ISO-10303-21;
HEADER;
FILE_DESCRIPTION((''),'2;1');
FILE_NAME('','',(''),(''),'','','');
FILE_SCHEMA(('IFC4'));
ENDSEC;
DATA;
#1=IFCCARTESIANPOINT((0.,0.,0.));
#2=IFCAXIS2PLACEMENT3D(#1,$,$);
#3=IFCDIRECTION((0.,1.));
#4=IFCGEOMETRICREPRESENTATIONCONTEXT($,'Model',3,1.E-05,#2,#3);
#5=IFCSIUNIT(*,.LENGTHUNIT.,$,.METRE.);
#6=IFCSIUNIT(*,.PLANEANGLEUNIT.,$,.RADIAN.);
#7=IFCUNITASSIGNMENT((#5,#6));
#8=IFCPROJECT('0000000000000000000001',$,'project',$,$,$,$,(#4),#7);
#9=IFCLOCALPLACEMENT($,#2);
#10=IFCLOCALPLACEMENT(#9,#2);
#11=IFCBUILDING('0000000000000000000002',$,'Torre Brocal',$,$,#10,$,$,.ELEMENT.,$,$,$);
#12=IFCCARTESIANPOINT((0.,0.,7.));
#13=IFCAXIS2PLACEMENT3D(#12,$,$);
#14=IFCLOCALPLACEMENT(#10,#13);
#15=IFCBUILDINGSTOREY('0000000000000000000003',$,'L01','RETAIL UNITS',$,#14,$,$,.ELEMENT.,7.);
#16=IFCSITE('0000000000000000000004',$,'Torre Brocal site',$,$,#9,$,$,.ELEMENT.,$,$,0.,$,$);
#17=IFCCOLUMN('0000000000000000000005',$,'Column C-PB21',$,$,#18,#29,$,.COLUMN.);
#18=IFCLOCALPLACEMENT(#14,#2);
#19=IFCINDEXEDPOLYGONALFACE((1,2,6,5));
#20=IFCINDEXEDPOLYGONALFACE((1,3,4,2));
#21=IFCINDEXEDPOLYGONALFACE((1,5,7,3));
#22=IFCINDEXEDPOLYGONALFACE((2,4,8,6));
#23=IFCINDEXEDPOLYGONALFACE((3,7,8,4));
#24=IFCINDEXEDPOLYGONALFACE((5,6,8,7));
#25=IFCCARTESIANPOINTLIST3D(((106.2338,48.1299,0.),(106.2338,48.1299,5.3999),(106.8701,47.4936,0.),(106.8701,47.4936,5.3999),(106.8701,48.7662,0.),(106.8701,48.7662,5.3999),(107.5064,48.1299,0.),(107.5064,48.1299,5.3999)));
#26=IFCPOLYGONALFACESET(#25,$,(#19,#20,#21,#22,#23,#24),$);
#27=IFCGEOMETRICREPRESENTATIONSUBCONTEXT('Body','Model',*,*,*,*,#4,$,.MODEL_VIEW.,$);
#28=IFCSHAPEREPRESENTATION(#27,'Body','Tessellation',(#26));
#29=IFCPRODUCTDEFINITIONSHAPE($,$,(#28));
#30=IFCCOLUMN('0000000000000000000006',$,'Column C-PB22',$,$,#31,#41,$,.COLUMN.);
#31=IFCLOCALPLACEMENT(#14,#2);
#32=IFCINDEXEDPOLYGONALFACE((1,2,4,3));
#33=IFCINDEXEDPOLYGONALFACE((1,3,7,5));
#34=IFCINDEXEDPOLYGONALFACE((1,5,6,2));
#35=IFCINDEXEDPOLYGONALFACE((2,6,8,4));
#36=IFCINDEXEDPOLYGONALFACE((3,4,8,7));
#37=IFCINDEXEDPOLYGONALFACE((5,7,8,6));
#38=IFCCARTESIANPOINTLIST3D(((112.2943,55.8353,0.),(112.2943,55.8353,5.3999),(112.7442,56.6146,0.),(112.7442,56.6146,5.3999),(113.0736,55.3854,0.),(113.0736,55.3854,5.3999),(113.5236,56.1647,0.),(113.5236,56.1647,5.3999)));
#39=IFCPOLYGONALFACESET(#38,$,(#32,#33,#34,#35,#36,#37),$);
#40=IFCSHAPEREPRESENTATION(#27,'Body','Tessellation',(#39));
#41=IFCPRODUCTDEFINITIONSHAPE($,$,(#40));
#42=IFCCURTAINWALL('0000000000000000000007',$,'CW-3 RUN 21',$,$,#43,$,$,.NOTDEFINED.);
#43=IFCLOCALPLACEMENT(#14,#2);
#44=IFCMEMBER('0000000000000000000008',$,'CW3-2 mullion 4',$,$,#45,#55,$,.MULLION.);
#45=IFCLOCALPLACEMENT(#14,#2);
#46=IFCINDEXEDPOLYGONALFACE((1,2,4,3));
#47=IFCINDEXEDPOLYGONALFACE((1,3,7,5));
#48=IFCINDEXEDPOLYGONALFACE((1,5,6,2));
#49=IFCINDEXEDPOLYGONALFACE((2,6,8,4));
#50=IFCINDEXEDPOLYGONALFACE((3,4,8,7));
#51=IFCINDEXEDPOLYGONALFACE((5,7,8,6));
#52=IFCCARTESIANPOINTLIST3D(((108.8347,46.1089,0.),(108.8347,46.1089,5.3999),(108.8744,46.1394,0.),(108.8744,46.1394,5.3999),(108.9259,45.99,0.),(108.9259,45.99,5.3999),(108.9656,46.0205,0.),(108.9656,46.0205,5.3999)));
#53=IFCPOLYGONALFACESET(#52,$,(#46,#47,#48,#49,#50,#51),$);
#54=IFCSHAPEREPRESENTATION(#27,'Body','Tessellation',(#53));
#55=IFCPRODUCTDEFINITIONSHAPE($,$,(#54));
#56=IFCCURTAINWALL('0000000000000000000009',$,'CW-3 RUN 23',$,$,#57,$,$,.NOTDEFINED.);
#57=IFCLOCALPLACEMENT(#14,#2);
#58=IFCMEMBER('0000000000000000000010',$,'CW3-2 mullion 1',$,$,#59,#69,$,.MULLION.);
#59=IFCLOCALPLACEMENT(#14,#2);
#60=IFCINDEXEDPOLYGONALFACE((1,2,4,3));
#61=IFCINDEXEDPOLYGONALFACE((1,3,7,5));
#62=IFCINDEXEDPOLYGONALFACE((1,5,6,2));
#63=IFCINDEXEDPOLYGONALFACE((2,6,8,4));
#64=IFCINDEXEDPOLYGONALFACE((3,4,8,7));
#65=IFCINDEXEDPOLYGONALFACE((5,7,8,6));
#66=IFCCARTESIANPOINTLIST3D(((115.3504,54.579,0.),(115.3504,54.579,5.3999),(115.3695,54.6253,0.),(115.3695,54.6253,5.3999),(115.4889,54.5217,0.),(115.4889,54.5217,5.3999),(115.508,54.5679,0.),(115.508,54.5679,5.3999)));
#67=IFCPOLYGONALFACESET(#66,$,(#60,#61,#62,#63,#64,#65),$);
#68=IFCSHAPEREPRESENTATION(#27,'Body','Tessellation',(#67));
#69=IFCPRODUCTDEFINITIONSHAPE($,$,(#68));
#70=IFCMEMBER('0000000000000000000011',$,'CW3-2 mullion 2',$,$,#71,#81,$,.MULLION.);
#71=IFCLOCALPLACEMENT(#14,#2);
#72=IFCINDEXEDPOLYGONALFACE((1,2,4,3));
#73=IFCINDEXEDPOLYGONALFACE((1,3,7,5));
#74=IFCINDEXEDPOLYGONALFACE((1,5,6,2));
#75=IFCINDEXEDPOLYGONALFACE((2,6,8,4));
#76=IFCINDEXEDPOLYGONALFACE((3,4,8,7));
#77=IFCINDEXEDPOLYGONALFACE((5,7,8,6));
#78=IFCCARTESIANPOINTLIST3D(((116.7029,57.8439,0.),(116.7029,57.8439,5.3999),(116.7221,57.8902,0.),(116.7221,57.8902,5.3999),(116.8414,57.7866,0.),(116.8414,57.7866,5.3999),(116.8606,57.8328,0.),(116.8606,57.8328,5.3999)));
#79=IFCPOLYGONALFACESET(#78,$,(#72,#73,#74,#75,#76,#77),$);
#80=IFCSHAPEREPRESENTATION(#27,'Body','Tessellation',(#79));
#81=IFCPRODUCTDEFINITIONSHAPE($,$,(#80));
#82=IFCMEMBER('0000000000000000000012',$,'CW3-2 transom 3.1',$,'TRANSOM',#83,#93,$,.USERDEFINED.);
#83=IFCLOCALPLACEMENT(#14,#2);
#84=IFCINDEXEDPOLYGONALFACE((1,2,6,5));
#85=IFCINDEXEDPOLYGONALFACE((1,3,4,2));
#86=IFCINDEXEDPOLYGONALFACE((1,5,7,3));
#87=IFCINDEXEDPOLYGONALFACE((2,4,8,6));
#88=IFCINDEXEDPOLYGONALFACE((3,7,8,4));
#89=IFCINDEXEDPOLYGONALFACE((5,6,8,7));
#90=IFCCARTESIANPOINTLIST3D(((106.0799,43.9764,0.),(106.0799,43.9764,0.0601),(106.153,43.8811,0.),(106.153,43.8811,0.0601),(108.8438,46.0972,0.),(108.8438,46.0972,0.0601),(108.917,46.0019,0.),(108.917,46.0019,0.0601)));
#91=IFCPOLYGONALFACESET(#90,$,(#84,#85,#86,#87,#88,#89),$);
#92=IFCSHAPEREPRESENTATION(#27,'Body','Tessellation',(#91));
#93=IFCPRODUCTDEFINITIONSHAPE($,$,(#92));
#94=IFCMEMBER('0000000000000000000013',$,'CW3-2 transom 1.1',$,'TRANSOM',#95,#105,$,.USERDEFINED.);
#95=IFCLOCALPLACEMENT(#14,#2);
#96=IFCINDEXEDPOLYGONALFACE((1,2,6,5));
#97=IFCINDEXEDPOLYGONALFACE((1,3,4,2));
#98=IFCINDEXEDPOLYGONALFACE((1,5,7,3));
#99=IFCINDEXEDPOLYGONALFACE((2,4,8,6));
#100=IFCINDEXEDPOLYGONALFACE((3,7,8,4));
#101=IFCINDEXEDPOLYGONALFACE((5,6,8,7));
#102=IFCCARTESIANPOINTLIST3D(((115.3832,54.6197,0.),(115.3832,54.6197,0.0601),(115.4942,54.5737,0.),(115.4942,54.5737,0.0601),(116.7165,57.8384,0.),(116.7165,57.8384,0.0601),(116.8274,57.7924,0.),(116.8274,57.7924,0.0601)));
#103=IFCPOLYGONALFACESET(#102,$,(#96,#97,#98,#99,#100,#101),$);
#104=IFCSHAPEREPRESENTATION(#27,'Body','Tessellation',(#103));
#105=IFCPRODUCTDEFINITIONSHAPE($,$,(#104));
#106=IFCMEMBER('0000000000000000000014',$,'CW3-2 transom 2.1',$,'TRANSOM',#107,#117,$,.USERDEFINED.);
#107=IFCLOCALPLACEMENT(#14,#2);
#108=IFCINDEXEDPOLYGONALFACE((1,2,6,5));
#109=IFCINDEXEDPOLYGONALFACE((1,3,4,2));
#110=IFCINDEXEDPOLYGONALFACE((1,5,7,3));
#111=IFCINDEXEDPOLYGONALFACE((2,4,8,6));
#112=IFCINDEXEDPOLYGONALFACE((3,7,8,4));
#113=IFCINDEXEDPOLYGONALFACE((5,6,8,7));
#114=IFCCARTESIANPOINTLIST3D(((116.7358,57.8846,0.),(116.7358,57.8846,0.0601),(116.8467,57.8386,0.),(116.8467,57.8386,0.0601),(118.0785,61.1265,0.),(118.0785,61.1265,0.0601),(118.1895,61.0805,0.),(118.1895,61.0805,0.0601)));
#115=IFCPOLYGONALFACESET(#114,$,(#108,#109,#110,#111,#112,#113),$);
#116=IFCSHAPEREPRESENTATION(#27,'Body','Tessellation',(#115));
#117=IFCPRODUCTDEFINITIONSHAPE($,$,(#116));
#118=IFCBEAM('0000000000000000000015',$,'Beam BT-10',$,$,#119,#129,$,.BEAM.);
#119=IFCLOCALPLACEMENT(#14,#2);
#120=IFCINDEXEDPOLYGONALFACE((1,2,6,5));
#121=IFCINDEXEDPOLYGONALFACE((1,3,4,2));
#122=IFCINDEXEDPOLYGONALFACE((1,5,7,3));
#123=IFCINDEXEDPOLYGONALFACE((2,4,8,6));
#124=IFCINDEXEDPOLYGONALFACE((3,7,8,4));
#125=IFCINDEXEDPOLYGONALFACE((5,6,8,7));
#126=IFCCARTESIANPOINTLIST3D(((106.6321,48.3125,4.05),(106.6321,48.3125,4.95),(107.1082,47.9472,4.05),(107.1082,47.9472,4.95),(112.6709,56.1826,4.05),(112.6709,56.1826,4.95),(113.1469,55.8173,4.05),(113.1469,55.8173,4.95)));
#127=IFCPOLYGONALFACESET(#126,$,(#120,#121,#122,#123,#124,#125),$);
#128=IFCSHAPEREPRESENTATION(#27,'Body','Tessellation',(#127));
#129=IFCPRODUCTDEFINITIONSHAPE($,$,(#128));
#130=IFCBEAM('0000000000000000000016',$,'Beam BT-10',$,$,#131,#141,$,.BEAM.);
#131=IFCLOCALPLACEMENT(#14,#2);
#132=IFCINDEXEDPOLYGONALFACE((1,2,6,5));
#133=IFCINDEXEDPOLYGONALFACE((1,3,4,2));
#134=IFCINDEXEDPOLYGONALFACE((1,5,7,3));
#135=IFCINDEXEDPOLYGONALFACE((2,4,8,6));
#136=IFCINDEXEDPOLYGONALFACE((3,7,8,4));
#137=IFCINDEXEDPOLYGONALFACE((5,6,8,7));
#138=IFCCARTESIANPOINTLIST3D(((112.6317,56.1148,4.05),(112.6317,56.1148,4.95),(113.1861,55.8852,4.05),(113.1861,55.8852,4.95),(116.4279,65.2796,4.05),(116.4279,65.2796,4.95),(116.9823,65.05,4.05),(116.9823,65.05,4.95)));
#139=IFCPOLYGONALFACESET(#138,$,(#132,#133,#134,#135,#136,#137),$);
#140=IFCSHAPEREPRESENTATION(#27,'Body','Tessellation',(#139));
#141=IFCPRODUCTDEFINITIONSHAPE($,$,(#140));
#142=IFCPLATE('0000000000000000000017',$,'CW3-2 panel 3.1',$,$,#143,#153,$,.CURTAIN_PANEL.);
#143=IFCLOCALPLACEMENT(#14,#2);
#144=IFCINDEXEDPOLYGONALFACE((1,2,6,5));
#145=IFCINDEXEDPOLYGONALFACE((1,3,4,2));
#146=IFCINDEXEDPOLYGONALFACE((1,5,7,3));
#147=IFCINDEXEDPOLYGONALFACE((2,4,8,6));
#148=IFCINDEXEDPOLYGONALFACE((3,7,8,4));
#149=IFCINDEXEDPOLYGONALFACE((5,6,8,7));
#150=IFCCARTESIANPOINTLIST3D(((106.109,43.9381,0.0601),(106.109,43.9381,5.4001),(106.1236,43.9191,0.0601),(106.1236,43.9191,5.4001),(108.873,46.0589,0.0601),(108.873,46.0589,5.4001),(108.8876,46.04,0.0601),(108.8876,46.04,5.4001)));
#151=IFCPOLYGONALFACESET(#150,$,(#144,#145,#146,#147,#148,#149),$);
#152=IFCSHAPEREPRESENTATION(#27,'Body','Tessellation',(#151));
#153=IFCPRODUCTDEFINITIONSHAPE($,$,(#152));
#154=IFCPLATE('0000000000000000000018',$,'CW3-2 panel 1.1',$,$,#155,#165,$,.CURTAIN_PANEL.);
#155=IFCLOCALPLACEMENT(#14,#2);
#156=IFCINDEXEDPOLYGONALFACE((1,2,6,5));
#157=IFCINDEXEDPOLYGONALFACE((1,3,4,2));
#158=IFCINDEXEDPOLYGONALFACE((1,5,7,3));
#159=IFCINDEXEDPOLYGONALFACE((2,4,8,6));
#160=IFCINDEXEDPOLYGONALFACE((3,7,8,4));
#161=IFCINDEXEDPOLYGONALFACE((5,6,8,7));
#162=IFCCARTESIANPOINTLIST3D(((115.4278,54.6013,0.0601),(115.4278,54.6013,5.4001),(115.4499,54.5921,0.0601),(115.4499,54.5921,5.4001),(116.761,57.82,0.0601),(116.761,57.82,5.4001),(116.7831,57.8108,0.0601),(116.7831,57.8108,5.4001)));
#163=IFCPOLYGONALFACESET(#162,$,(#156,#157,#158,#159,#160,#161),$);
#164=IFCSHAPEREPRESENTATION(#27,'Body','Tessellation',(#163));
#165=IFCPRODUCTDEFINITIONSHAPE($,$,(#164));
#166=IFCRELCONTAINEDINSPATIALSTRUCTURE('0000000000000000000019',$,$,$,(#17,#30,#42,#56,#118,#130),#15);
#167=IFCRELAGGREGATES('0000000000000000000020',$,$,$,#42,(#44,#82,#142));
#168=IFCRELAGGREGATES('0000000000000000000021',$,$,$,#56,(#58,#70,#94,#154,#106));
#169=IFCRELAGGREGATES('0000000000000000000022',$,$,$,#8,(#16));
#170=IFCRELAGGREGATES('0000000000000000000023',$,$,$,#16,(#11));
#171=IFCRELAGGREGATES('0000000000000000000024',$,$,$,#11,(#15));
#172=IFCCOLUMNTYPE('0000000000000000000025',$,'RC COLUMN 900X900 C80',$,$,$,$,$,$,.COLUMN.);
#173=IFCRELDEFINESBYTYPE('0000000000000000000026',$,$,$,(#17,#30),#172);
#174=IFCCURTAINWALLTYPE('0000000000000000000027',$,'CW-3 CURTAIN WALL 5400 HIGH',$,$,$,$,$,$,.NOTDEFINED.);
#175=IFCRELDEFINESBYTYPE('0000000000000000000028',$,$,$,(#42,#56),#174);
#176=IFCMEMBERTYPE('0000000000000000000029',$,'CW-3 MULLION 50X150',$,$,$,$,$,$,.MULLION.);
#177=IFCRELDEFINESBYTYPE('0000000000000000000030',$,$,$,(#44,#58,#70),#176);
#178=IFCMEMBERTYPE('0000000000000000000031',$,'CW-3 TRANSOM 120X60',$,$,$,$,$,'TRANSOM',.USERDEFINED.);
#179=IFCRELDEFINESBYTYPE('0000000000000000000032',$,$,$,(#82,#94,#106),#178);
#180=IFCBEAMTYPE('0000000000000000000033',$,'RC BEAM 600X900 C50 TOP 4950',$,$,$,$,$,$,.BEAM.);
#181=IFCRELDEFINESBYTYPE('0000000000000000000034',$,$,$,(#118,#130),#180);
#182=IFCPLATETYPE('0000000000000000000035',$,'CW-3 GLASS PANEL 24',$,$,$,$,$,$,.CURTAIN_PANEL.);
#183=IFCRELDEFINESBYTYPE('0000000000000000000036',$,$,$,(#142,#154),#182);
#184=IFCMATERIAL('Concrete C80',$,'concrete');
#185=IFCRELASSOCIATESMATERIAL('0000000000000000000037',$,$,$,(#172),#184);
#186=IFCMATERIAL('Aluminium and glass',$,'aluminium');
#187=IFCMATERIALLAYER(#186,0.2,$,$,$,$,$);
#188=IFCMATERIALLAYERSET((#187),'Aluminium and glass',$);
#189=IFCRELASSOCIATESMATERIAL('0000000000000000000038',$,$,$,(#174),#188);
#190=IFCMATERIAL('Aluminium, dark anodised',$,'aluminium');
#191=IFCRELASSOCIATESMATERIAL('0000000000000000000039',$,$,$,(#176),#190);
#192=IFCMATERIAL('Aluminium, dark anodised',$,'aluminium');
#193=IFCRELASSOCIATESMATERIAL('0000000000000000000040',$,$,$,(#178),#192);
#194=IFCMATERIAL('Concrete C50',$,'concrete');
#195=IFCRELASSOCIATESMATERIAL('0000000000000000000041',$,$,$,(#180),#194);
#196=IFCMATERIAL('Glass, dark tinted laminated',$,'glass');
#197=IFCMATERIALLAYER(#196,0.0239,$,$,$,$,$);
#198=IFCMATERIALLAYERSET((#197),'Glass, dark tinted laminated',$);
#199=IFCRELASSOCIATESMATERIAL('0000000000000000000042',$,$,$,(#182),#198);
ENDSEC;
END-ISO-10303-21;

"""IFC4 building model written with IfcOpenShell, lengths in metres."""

from ifc_helpers import new_model, si_unit, direction, frame, origin, origin_2d, place, context, subcontext, project, spatial, rectangle, extrude, material, layer, layer_set, material_profile, profile_set, type_object, element, aggregate, save


model = new_model("IFC4")

# Units and contexts
model_context = context("Model", 3, precision=1e-05, world=origin(), true_north=direction((0.0, 1.0)))
body_context = subcontext(model_context, "Body", "Model", "MODEL_VIEW")
ifc_project = project(units=[si_unit("LENGTHUNIT", "METRE"), si_unit("PLANEANGLEUNIT", "RADIAN")], contexts=[model_context])

# Site, building, storey
site_placement = place(None, origin())
site = spatial("IfcSite", under=ifc_project, at=site_placement, Name="Torre Brocal site", CompositionType="ELEMENT", RefElevation=0.0)
building_placement = place(site_placement, origin())
building = spatial("IfcBuilding", under=site, at=building_placement, Name="Torre Brocal", CompositionType="ELEMENT")
storey_placement = place(building_placement, frame((0.0, 0.0, 7.0)))
storey = spatial("IfcBuildingStorey", under=building, at=storey_placement, Name="L01", Description="RETAIL UNITS", CompositionType="ELEMENT", Elevation=7.0)

# Columns
ifc_material_1 = material(Name="Concrete C80", Category="concrete")
ifc_material_profile_1 = material_profile(ifc_material_1, rectangle(XDim=0.8999, YDim=0.8999, at=origin_2d()), Name="RC 900X900")
ifc_profile_set_1 = profile_set([ifc_material_profile_1], Name="Concrete C80")
column_type = type_object("IfcColumnType", Name="RC COLUMN 900X900 C80", PredefinedType="COLUMN", material=ifc_profile_set_1)
for number, where, z_axis, x_axis, name in (
    (1, (106.8701, 48.1299, 0.0), (0.0, 0.0, 1.0), (0.707107, -0.707107, 0.0), "Column C-PB21"),
    (2, (112.9089, 56.0, 0.0), (0.0, 0.0, 1.0), (0.866025, -0.5, 0.0), "Column C-PB22"),
):
    element("IfcColumn", number, at=place(storey_placement, frame(where, z_axis=z_axis, x_axis=x_axis)), inside=storey, type_object=column_type, Name=name, PredefinedType="COLUMN", context=body_context, shape_type="SweptSolid", body=[
        extrude(rectangle(XDim=0.8999, YDim=0.8999, at=origin_2d()), origin(), (0.0, 0.0, 1.0), 5.3999),
    ])

# Curtain wall, member
ifc_material_2 = material(Name="Aluminium and glass", Category="aluminium")
ifc_layer_1 = layer(ifc_material_2, 0.2)
ifc_layer_set_1 = layer_set([ifc_layer_1], Name="Aluminium and glass")
curtain_wall_type = type_object("IfcCurtainWallType", Name="CW-3 CURTAIN WALL 5400 HIGH", PredefinedType="NOTDEFINED", material=ifc_layer_set_1)
curtain_wall_1_placement = place(storey_placement, origin())
curtain_wall_1 = element("IfcCurtainWall", 3, at=curtain_wall_1_placement, inside=storey, type_object=curtain_wall_type, Name="CW-3 RUN 21", PredefinedType="NOTDEFINED")
ifc_material_3 = material(Name="Aluminium, dark anodised", Category="aluminium")
ifc_material_profile_2 = material_profile(ifc_material_3, rectangle(XDim=0.1499, YDim=0.05, at=origin_2d()), Name="CW-3 MULLION 50X150")
ifc_profile_set_2 = profile_set([ifc_material_profile_2], Name="Aluminium, dark anodised")
member_type_1 = type_object("IfcMemberType", Name="CW-3 MULLION 50X150", PredefinedType="MULLION", material=ifc_profile_set_2)
member_1_placement = place(storey_placement, frame((108.9001, 46.0647, 0.0), z_axis=(0.0, 0.0, 1.0), x_axis=(-0.608761, 0.793353, 0.0)))
member_1 = element("IfcMember", 4, at=member_1_placement, type_object=member_type_1, Name="CW3-2 mullion 4", PredefinedType="MULLION", context=body_context, shape_type="SweptSolid", body=[
    extrude(rectangle(XDim=0.1499, YDim=0.05, at=origin_2d()), origin(), (0.0, 0.0, 1.0), 5.3999),
])

# Curtain wall, members
curtain_wall_2_placement = place(storey_placement, origin())
curtain_wall_2 = element("IfcCurtainWall", 5, at=curtain_wall_2_placement, inside=storey, type_object=curtain_wall_type, Name="CW-3 RUN 23", PredefinedType="NOTDEFINED")
member_2_placement = place(storey_placement, frame((115.4292, 54.5735, 0.0), z_axis=(0.0, 0.0, 1.0), x_axis=(-0.92388, 0.382683, 0.0)))
member_2 = element("IfcMember", 6, at=member_2_placement, type_object=member_type_1, Name="CW3-2 mullion 1", PredefinedType="MULLION", context=body_context, shape_type="SweptSolid", body=[
    extrude(rectangle(XDim=0.1499, YDim=0.05, at=origin_2d()), origin(), (0.0, 0.0, 1.0), 5.3999),
])
member_3_placement = place(storey_placement, frame((116.7817, 57.8384, 0.0), z_axis=(0.0, 0.0, 1.0), x_axis=(-0.92388, 0.382683, 0.0)))
member_3 = element("IfcMember", 7, at=member_3_placement, type_object=member_type_1, Name="CW3-2 mullion 2", PredefinedType="MULLION", context=body_context, shape_type="SweptSolid", body=[
    extrude(rectangle(XDim=0.1499, YDim=0.05, at=origin_2d()), origin(), (0.0, 0.0, 1.0), 5.3999),
])

# Members
ifc_material_4 = material(Name="Aluminium, dark anodised", Category="aluminium")
ifc_material_profile_3 = material_profile(ifc_material_4, rectangle(XDim=0.1201, YDim=0.0601, at=origin_2d()), Name="CW-3 TRANSOM 120X60")
ifc_profile_set_3 = profile_set([ifc_material_profile_3], Name="Aluminium, dark anodised")
member_type_2 = type_object("IfcMemberType", Name="CW-3 TRANSOM 120X60", ElementType="TRANSOM", PredefinedType="USERDEFINED", material=ifc_profile_set_3)
member_4_placement = place(storey_placement, frame((106.1165, 43.9287, 0.03), z_axis=(0.79335, 0.608765, 0.0), x_axis=(-0.608765, 0.79335, 0.0)))
member_4 = element("IfcMember", 8, at=member_4_placement, type_object=member_type_2, Name="CW3-2 transom 3.1", ObjectType="TRANSOM", PredefinedType="USERDEFINED", context=body_context, shape_type="SweptSolid", body=[
    extrude(rectangle(XDim=0.1201, YDim=0.0601, at=origin_2d()), origin(), (0.0, 0.0, 1.0), 3.4839),
])
member_5_placement = place(storey_placement, frame((115.4387, 54.5967, 0.03), z_axis=(0.382684, 0.923879, 0.0), x_axis=(-0.923879, 0.382684, 0.0)))
member_5 = element("IfcMember", 9, at=member_5_placement, type_object=member_type_2, Name="CW3-2 transom 1.1", ObjectType="TRANSOM", PredefinedType="USERDEFINED", context=body_context, shape_type="SweptSolid", body=[
    extrude(rectangle(XDim=0.1201, YDim=0.0601, at=origin_2d()), origin(), (0.0, 0.0, 1.0), 3.4839),
])
member_6_placement = place(storey_placement, frame((116.7913, 57.8616, 0.03), z_axis=(0.382663, 0.923888, 0.0), x_axis=(-0.923888, 0.382663, 0.0)))
member_6 = element("IfcMember", 10, at=member_6_placement, type_object=member_type_2, Name="CW3-2 transom 2.1", ObjectType="TRANSOM", PredefinedType="USERDEFINED", context=body_context, shape_type="SweptSolid", body=[
    extrude(rectangle(XDim=0.1201, YDim=0.0601, at=origin_2d()), origin(), (0.0, 0.0, 1.0), 3.509),
])

# Beams
ifc_material_5 = material(Name="Concrete C50", Category="concrete")
ifc_material_profile_4 = material_profile(ifc_material_5, rectangle(XDim=0.6001, YDim=0.8999, at=origin_2d()), Name="RC 600X900")
ifc_profile_set_4 = profile_set([ifc_material_profile_4], Name="Concrete C50")
beam_type = type_object("IfcBeamType", Name="RC BEAM 600X900 C50 TOP 4950", PredefinedType="BEAM", material=ifc_profile_set_4)
for number, where, z_axis, x_axis, name in (
    (11, (106.8701, 48.1299, 4.5), (0.608753, 0.79336, 0.0), (-0.79336, 0.608753, 0.0), "Beam BT-10"),
    (12, (112.9089, 56.0, 4.5), (0.38268, 0.923881, 0.0), (-0.923881, 0.38268, 0.0), "Beam BT-10"),
):
    element("IfcBeam", number, at=place(storey_placement, frame(where, z_axis=z_axis, x_axis=x_axis)), inside=storey, type_object=beam_type, Name=name, PredefinedType="BEAM", context=body_context, shape_type="SweptSolid", body=[
        extrude(rectangle(XDim=0.6001, YDim=0.8999, at=origin_2d()), origin(), (0.0, 0.0, 1.0), 9.9199),
    ])

# Plates
ifc_material_6 = material(Name="Glass, dark tinted laminated", Category="glass")
ifc_layer_2 = layer(ifc_material_6, 0.0239)
ifc_layer_set_2 = layer_set([ifc_layer_2], Name="Glass, dark tinted laminated")
plate_type = type_object("IfcPlateType", Name="CW-3 GLASS PANEL 24", PredefinedType="CURTAIN_PANEL", material=ifc_layer_set_2)
plate_1_placement = place(storey_placement, frame((107.4983, 44.989, 0.0601), z_axis=(0.0, 0.0, 1.0), x_axis=(0.793353, 0.608761, 0.0)))
plate_1 = element("IfcPlate", 13, at=plate_1_placement, type_object=plate_type, Name="CW3-2 panel 3.1", PredefinedType="CURTAIN_PANEL", context=body_context, shape_type="SweptSolid", body=[
    extrude(rectangle(XDim=3.4839, YDim=0.0239, at=origin_2d()), origin(), (0.0, 0.0, 1.0), 5.3401),
])
aggregate(curtain_wall_1, [member_1, member_4, plate_1])
plate_2_placement = place(storey_placement, frame((116.1055, 56.2061, 0.0601), z_axis=(0.0, 0.0, 1.0), x_axis=(0.382683, 0.92388, 0.0)))
plate_2 = element("IfcPlate", 14, at=plate_2_placement, type_object=plate_type, Name="CW3-2 panel 1.1", PredefinedType="CURTAIN_PANEL", context=body_context, shape_type="SweptSolid", body=[
    extrude(rectangle(XDim=3.4839, YDim=0.0239, at=origin_2d()), origin(), (0.0, 0.0, 1.0), 5.3401),
])
aggregate(curtain_wall_2, [member_2, member_3, member_5, plate_2, member_6])

save(model, "model.ifc")
